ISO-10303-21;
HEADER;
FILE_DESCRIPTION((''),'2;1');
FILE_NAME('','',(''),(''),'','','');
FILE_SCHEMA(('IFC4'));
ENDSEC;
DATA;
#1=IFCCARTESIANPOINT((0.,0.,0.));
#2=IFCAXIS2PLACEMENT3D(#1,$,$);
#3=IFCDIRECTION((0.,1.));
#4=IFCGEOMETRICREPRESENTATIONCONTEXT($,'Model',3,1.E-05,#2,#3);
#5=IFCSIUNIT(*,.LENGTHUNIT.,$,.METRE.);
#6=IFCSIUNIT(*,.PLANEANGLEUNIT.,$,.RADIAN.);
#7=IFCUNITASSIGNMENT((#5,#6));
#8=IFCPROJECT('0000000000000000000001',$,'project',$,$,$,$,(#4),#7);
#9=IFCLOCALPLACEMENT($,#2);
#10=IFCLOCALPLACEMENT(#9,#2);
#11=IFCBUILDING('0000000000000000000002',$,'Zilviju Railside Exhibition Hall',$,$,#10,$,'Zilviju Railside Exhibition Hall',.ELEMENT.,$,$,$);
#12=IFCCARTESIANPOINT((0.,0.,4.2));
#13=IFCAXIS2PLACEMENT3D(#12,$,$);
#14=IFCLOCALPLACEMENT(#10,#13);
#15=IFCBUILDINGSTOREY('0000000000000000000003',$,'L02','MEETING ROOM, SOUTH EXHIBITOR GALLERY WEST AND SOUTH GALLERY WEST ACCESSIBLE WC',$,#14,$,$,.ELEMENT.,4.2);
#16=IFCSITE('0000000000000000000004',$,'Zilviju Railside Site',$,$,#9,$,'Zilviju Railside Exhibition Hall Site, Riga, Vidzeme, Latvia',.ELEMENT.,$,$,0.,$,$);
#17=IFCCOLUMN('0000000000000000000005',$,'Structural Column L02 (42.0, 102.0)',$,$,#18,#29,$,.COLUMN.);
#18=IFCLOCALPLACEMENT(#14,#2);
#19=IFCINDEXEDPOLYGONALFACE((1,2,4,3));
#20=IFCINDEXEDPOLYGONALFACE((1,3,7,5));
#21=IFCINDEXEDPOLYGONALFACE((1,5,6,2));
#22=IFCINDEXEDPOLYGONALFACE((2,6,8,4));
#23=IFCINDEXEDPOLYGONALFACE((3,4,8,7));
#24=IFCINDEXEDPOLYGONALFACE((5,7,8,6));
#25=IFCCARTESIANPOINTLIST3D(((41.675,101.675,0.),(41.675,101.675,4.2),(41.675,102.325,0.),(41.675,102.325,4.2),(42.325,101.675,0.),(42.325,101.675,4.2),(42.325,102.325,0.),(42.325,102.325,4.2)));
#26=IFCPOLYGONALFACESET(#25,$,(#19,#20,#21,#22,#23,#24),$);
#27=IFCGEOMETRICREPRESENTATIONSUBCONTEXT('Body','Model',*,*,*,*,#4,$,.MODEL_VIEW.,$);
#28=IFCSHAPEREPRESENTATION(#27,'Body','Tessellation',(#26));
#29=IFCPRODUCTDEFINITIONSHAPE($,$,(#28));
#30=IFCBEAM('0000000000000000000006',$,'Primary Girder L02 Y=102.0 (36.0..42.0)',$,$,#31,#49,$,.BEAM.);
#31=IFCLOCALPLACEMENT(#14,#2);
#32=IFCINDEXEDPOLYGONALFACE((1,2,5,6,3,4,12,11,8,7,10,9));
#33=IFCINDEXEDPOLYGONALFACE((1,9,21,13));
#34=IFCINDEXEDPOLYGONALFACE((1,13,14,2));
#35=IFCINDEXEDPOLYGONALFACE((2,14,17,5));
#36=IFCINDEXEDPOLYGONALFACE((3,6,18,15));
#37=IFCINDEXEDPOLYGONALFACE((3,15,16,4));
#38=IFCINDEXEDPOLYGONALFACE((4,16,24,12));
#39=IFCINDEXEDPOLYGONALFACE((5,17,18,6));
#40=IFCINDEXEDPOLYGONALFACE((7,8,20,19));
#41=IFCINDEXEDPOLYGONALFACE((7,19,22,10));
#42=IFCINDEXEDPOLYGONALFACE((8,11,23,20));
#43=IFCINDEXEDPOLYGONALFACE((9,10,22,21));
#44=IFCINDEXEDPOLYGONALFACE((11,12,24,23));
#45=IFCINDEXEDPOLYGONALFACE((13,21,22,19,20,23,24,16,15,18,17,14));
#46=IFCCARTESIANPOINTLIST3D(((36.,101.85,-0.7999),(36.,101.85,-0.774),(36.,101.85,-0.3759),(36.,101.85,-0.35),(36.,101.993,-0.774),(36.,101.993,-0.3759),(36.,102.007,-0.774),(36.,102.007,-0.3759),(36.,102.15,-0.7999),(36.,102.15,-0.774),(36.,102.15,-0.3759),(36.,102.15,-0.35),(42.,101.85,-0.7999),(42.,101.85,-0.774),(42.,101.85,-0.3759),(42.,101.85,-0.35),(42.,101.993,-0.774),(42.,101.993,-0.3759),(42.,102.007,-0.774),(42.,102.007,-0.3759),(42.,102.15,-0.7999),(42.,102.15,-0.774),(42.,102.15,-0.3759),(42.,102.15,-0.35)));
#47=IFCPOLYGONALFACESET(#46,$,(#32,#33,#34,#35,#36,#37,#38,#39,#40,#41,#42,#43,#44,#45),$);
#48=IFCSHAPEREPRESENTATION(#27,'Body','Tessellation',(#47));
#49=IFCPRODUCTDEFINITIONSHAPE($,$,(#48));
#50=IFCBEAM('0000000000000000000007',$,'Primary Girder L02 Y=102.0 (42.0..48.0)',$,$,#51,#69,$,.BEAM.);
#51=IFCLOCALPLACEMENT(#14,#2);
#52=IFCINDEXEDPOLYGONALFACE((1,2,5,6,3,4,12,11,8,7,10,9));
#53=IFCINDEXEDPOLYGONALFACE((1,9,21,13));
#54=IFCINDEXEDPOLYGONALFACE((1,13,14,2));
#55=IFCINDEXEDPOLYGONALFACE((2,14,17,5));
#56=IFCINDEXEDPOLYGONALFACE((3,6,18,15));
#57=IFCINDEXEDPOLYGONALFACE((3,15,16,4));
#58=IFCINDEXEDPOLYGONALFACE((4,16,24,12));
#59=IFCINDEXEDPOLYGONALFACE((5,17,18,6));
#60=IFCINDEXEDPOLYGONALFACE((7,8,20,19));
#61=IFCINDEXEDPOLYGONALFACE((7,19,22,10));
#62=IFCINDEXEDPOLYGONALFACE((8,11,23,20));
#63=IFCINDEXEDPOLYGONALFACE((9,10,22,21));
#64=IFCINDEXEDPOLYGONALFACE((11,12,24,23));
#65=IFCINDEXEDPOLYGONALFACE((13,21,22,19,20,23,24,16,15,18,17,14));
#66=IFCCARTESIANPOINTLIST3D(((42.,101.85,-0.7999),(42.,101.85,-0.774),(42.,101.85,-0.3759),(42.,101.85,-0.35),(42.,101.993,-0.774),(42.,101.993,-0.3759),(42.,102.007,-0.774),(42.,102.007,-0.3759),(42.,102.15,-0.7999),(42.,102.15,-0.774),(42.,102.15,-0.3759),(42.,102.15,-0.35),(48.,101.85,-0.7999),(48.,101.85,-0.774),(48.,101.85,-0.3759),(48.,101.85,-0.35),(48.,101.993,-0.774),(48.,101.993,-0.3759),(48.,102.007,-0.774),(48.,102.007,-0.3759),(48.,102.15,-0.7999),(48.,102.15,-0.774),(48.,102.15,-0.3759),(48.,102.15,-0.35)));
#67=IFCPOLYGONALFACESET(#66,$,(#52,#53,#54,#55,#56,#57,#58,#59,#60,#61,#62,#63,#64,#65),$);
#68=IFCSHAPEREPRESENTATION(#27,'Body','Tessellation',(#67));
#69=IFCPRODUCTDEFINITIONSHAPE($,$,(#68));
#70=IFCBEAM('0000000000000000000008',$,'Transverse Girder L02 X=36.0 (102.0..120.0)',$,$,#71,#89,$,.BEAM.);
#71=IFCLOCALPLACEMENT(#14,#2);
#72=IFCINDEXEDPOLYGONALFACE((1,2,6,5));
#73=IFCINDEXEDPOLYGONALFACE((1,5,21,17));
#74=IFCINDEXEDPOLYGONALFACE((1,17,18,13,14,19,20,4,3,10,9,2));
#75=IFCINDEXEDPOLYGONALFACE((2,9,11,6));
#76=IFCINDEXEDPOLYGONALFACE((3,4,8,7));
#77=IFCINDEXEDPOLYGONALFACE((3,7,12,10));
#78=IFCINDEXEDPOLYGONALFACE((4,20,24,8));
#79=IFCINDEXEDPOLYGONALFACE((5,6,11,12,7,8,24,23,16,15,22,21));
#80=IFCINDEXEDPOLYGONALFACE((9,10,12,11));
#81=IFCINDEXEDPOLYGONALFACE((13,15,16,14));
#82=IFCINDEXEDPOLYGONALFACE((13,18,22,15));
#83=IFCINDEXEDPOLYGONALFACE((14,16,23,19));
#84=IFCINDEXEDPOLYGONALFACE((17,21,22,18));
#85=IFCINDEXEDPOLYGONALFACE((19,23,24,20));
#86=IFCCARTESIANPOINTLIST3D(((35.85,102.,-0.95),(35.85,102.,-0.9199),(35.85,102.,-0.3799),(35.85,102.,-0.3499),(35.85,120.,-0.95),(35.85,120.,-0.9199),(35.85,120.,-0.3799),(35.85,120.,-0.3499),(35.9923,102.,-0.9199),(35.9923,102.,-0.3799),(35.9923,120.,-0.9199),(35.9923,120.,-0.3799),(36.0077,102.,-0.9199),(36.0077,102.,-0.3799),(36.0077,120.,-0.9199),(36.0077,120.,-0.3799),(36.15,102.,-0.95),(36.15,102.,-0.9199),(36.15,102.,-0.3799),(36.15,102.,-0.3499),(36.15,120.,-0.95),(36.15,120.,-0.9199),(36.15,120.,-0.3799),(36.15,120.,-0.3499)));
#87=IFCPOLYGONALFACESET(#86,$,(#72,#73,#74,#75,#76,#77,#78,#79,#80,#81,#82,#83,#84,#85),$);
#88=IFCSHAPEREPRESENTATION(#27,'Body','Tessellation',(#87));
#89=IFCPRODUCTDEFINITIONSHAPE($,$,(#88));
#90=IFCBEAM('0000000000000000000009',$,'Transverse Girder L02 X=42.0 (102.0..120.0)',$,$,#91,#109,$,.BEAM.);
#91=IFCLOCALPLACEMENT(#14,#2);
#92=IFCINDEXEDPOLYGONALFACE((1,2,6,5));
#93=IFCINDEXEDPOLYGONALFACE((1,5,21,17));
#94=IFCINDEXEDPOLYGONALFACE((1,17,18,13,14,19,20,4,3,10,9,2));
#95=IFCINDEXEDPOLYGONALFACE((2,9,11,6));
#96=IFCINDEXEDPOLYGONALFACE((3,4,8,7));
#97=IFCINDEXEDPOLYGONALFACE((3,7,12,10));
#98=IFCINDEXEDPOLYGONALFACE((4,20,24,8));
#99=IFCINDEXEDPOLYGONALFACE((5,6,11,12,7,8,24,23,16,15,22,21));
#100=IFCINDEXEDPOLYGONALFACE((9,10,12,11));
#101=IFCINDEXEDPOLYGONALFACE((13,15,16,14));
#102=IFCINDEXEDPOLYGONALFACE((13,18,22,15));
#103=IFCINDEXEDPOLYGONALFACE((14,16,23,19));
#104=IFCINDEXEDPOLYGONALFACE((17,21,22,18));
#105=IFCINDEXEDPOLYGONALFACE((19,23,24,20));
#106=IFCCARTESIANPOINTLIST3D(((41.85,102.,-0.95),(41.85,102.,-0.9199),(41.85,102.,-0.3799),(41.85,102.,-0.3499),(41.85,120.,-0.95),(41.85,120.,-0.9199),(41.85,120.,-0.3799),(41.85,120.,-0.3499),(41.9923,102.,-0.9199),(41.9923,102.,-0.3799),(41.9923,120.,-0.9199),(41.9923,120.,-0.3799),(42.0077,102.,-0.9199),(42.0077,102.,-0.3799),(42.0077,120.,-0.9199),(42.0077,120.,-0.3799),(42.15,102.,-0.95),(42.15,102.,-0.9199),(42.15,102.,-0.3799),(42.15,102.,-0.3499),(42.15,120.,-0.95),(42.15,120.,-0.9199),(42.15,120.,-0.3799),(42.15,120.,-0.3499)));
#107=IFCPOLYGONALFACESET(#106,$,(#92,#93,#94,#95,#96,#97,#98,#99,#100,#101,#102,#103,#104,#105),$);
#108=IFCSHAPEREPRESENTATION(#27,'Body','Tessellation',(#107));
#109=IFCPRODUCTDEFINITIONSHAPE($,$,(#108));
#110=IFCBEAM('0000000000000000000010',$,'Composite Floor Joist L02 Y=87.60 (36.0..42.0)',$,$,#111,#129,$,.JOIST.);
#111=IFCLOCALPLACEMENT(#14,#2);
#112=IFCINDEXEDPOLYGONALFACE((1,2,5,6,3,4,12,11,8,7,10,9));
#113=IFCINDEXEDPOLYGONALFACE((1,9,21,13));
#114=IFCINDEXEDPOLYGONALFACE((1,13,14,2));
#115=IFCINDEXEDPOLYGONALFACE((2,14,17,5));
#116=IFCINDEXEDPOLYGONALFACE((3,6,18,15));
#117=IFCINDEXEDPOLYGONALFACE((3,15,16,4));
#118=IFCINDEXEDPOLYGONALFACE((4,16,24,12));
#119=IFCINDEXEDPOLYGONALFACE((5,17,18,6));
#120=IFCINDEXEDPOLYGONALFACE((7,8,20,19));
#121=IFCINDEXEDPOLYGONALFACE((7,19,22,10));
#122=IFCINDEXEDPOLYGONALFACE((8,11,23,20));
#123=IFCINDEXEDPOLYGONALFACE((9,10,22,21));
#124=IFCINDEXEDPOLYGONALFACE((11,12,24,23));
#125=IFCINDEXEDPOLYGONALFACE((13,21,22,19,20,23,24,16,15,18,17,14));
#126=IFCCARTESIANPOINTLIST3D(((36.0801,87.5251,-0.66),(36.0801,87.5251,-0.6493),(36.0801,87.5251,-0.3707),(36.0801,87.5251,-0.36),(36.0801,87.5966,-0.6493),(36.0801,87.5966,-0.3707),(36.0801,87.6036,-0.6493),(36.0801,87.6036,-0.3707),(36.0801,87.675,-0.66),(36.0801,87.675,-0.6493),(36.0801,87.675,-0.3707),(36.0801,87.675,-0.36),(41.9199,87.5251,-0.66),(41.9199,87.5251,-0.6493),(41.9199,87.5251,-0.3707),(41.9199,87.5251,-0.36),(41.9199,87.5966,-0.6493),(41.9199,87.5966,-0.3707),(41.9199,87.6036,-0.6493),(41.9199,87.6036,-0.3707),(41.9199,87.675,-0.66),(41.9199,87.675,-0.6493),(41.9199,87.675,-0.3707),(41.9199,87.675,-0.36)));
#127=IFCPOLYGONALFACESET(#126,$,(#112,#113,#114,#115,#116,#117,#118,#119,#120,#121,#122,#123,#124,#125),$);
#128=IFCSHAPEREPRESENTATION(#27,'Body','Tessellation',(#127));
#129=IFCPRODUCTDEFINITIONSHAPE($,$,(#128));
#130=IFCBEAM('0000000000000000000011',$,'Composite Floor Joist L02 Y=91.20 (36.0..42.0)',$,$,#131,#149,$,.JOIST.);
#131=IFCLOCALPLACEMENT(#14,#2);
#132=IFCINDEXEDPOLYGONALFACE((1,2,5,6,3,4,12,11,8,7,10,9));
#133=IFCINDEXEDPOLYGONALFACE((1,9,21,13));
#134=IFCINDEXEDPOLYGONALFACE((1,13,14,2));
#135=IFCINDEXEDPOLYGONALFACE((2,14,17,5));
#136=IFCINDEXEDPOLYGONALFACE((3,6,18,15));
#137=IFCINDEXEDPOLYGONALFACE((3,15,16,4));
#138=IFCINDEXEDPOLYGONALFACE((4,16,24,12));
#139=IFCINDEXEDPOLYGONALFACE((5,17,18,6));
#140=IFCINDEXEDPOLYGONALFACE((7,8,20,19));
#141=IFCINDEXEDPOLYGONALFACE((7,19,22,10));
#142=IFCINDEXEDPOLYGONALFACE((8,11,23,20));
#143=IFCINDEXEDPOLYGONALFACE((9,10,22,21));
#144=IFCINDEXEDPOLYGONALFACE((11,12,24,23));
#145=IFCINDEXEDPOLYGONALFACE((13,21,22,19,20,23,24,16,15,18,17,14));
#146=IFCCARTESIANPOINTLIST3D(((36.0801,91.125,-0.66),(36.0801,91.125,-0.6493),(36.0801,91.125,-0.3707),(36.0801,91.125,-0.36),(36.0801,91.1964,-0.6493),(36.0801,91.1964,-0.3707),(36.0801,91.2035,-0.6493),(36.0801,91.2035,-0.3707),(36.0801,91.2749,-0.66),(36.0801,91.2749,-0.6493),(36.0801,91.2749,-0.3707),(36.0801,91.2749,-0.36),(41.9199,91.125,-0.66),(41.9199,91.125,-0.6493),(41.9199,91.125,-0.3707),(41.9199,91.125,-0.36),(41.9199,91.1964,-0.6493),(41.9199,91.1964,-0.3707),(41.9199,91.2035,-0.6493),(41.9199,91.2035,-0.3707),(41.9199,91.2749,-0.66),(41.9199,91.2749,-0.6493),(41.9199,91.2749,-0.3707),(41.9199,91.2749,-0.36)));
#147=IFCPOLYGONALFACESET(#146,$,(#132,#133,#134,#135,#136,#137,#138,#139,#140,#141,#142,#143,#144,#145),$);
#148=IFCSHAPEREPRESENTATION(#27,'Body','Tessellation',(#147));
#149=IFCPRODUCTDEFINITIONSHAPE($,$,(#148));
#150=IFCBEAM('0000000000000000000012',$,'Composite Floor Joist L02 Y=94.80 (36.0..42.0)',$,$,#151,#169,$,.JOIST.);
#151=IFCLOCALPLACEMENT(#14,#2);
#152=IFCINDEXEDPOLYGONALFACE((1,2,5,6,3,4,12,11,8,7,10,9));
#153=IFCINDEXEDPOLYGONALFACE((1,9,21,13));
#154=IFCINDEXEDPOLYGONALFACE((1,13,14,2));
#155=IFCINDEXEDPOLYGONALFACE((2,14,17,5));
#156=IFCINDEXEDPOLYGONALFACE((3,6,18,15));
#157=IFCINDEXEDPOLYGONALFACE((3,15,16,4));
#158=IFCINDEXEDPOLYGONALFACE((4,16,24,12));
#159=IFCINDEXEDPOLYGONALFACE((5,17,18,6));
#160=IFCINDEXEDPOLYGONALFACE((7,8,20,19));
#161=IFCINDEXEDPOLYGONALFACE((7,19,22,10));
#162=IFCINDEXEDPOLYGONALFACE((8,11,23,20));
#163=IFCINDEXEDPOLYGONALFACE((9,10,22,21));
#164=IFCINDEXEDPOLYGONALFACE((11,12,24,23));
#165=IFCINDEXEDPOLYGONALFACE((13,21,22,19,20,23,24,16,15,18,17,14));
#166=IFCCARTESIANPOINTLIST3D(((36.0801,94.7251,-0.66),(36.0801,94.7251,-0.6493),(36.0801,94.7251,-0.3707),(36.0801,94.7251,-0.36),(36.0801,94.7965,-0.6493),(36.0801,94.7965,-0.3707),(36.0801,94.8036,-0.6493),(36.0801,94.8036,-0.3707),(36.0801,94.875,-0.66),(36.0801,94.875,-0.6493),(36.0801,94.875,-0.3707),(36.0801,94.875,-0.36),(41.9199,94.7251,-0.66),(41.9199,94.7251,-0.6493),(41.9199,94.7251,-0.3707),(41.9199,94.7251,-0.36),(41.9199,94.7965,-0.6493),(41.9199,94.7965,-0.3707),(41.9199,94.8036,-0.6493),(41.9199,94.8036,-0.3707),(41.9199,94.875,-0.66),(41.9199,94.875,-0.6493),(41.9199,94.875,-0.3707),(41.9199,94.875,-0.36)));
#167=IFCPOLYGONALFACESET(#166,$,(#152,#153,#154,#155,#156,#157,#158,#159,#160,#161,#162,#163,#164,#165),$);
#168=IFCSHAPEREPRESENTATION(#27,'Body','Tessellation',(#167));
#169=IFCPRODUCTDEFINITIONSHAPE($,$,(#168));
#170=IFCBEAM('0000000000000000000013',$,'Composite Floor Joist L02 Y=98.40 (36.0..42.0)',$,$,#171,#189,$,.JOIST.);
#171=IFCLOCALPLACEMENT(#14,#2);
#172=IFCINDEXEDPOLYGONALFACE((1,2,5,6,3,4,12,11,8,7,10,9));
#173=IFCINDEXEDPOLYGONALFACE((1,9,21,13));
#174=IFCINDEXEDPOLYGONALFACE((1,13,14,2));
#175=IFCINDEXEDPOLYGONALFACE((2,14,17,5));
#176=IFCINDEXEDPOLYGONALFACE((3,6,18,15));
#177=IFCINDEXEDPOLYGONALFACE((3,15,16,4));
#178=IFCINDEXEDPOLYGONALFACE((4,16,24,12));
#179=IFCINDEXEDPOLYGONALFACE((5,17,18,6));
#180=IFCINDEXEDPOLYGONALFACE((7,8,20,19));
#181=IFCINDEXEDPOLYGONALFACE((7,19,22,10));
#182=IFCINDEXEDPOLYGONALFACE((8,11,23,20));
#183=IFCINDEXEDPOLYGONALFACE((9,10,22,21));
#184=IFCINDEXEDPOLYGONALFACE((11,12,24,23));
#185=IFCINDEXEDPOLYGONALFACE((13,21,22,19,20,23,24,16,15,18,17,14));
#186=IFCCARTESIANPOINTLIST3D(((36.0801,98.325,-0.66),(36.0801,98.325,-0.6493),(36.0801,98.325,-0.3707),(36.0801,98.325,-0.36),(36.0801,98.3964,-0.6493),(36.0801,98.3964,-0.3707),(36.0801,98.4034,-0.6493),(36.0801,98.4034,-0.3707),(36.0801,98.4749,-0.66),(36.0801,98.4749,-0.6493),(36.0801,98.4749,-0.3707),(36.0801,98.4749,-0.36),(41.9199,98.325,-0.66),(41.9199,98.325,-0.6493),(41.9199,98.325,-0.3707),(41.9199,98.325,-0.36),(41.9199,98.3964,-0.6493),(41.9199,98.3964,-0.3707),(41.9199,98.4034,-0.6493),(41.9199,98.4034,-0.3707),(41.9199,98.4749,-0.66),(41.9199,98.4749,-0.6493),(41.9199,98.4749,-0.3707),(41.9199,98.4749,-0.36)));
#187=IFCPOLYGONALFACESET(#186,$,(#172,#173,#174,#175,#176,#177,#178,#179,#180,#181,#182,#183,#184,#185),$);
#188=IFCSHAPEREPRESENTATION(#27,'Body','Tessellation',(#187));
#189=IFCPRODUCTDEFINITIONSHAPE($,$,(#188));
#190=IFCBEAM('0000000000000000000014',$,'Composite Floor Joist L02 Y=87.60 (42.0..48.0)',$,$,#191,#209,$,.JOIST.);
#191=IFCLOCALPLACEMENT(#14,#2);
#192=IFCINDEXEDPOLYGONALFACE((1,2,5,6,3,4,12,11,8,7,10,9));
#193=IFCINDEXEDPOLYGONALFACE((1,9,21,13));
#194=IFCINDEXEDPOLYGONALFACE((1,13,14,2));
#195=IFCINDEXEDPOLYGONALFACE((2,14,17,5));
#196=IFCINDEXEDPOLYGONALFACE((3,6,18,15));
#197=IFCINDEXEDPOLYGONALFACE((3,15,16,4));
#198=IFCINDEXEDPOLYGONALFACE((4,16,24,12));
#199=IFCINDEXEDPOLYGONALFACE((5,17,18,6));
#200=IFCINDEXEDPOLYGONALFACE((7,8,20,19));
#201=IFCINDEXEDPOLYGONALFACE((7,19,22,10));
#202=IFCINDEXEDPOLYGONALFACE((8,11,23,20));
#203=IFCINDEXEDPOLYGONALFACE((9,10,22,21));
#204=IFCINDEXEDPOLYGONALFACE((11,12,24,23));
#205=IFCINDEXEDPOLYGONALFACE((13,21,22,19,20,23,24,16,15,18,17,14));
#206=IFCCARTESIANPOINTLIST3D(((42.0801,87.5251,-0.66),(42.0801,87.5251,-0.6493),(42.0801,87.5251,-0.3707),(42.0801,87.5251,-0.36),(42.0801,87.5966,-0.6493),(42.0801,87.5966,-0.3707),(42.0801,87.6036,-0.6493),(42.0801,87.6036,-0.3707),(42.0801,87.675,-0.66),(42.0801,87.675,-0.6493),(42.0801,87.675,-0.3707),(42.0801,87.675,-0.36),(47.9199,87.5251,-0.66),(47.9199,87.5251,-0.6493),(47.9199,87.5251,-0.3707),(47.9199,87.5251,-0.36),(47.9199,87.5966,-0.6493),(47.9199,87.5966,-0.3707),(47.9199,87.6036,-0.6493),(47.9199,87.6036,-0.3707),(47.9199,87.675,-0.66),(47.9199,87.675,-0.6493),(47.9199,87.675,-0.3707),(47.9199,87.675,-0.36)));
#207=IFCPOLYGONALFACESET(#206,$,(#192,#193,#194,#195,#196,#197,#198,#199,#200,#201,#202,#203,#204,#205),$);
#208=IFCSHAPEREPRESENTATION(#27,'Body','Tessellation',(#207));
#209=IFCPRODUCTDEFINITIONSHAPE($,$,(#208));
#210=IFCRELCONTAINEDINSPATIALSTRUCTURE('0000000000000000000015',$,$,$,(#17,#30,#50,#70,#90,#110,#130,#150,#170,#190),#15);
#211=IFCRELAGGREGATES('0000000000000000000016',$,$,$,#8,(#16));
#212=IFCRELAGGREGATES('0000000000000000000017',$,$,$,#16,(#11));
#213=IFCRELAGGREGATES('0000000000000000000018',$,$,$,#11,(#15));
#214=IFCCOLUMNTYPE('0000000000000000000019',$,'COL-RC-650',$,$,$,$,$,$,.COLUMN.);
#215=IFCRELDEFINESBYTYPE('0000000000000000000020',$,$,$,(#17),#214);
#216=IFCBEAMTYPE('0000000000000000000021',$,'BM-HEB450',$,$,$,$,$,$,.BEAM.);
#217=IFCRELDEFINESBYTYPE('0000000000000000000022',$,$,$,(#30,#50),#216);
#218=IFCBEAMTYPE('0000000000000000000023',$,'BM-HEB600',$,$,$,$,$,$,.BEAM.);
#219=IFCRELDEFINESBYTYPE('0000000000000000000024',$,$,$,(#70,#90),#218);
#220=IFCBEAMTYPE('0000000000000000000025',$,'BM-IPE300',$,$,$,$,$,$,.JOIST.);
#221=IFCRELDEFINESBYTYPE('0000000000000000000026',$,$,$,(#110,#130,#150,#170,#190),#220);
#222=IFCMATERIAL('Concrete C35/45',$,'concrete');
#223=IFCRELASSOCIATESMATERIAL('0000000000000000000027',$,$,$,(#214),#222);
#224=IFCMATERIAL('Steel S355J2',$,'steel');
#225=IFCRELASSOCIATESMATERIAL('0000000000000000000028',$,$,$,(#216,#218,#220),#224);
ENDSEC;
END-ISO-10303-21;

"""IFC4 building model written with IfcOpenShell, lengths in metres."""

from ifc_helpers import new_model, si_unit, direction, frame, origin, origin_2d, place, context, subcontext, project, spatial, rectangle, i_section, extrude, material, material_profile, profile_set, type_object, element, save


model = new_model("IFC4")

# Units and contexts
model_context = context("Model", 3, precision=1e-05, world=origin(), true_north=direction((0.0, 1.0)))
body_context = subcontext(model_context, "Body", "Model", "MODEL_VIEW")
ifc_project = project(units=[si_unit("LENGTHUNIT", "METRE"), si_unit("PLANEANGLEUNIT", "RADIAN")], contexts=[model_context])

# Site, building, storey
site_placement = place(None, origin())
site = spatial("IfcSite", under=ifc_project, at=site_placement, Name="Zilviju Railside Site", LongName="Zilviju Railside Exhibition Hall Site, Riga, Vidzeme, Latvia", CompositionType="ELEMENT", RefElevation=0.0)
building_placement = place(site_placement, origin())
building = spatial("IfcBuilding", under=site, at=building_placement, Name="Zilviju Railside Exhibition Hall", LongName="Zilviju Railside Exhibition Hall", CompositionType="ELEMENT")
storey_placement = place(building_placement, frame((0.0, 0.0, 4.2)))
storey = spatial("IfcBuildingStorey", under=building, at=storey_placement, Name="L02", Description="MEETING ROOM, SOUTH EXHIBITOR GALLERY WEST AND SOUTH GALLERY WEST ACCESSIBLE WC", CompositionType="ELEMENT", Elevation=4.2)

# Column
ifc_material_1 = material(Name="Concrete C35/45", Category="concrete")
ifc_material_profile_1 = material_profile(ifc_material_1, rectangle(XDim=0.6499, YDim=0.6499, at=origin_2d()), Name="RC COL 650x650")
ifc_profile_set_1 = profile_set([ifc_material_profile_1], Name="Concrete C35/45")
column_type = type_object("IfcColumnType", Name="COL-RC-650", PredefinedType="COLUMN", material=ifc_profile_set_1)
column_placement = place(storey_placement, frame((42.0, 102.0, 0.0), z_axis=(0.0, 0.0, 1.0), x_axis=(1.0, 0.0, 0.0)))
element("IfcColumn", 1, at=column_placement, inside=storey, type_object=column_type, Name="Structural Column L02 (42.0, 102.0)", PredefinedType="COLUMN", context=body_context, shape_type="SweptSolid", body=[
    extrude(rectangle(XDim=0.6499, YDim=0.6499, at=origin_2d()), origin(), (0.0, 0.0, 1.0), 4.2),
])

# Beams
ifc_material_2 = material(Name="Steel S355J2", Category="steel")
ifc_material_profile_2 = material_profile(ifc_material_2, i_section(OverallWidth=0.3, OverallDepth=0.45, WebThickness=0.0139, FlangeThickness=0.0259, at=origin_2d()), Name="HEB 450")
ifc_profile_set_2 = profile_set([ifc_material_profile_2], Name="Steel S355J2")
beam_type_1 = type_object("IfcBeamType", Name="BM-HEB450", PredefinedType="BEAM", material=ifc_profile_set_2)
for number, where, z_axis, x_axis, name in (
    (2, (36.0, 102.0, -0.575), (1.0, 0.0, 0.0), (0.0, 1.0, 0.0), "Primary Girder L02 Y=102.0 (36.0..42.0)"),
    (3, (42.0, 102.0, -0.575), (1.0, 0.0, 0.0), (0.0, 1.0, 0.0), "Primary Girder L02 Y=102.0 (42.0..48.0)"),
):
    element("IfcBeam", number, at=place(storey_placement, frame(where, z_axis=z_axis, x_axis=x_axis)), inside=storey, type_object=beam_type_1, Name=name, PredefinedType="BEAM", context=body_context, shape_type="SweptSolid", body=[
        extrude(i_section(OverallWidth=0.3, OverallDepth=0.45, WebThickness=0.0139, FlangeThickness=0.0259, at=origin_2d()), origin(), (0.0, 0.0, 1.0), 6.0),
    ])
ifc_material_profile_3 = material_profile(ifc_material_2, i_section(OverallWidth=0.3, OverallDepth=0.6001, WebThickness=0.0154, FlangeThickness=0.03, at=origin_2d()), Name="HEB 600")
ifc_profile_set_3 = profile_set([ifc_material_profile_3], Name="Steel S355J2")
beam_type_2 = type_object("IfcBeamType", Name="BM-HEB600", PredefinedType="BEAM", material=ifc_profile_set_3)
for number, where, z_axis, x_axis, name in (
    (4, (36.0, 102.0, -0.6499), (0.0, 1.0, 0.0), (-1.0, 0.0, 0.0), "Transverse Girder L02 X=36.0 (102.0..120.0)"),
    (5, (42.0, 102.0, -0.6499), (0.0, 1.0, 0.0), (-1.0, 0.0, 0.0), "Transverse Girder L02 X=42.0 (102.0..120.0)"),
):
    element("IfcBeam", number, at=place(storey_placement, frame(where, z_axis=z_axis, x_axis=x_axis)), inside=storey, type_object=beam_type_2, Name=name, PredefinedType="BEAM", context=body_context, shape_type="SweptSolid", body=[
        extrude(i_section(OverallWidth=0.3, OverallDepth=0.6001, WebThickness=0.0154, FlangeThickness=0.03, at=origin_2d()), origin(), (0.0, 0.0, 1.0), 18.0),
    ])
ifc_material_profile_4 = material_profile(ifc_material_2, i_section(OverallWidth=0.1499, OverallDepth=0.3, WebThickness=0.0071, FlangeThickness=0.0107, at=origin_2d()), Name="IPE 300")
ifc_profile_set_4 = profile_set([ifc_material_profile_4], Name="Steel S355J2")
beam_type_3 = type_object("IfcBeamType", Name="BM-IPE300", PredefinedType="JOIST", material=ifc_profile_set_4)
for number, where, z_axis, x_axis, name in (
    (6, (36.0801, 87.6001, -0.51), (1.0, 0.0, 0.0), (0.0, 1.0, 0.0), "Composite Floor Joist L02 Y=87.60 (36.0..42.0)"),
    (7, (36.0801, 91.2, -0.51), (1.0, 0.0, 0.0), (0.0, 1.0, 0.0), "Composite Floor Joist L02 Y=91.20 (36.0..42.0)"),
    (8, (36.0801, 94.8, -0.51), (1.0, 0.0, 0.0), (0.0, 1.0, 0.0), "Composite Floor Joist L02 Y=94.80 (36.0..42.0)"),
    (9, (36.0801, 98.3999, -0.51), (1.0, 0.0, 0.0), (0.0, 1.0, 0.0), "Composite Floor Joist L02 Y=98.40 (36.0..42.0)"),
    (10, (42.0801, 87.6001, -0.51), (1.0, 0.0, 0.0), (0.0, 1.0, 0.0), "Composite Floor Joist L02 Y=87.60 (42.0..48.0)"),
):
    element("IfcBeam", number, at=place(storey_placement, frame(where, z_axis=z_axis, x_axis=x_axis)), inside=storey, type_object=beam_type_3, Name=name, PredefinedType="JOIST", context=body_context, shape_type="SweptSolid", body=[
        extrude(i_section(OverallWidth=0.1499, OverallDepth=0.3, WebThickness=0.0071, FlangeThickness=0.0107, at=origin_2d()), origin(), (0.0, 0.0, 1.0), 5.8398),
    ])

save(model, "model.ifc")
